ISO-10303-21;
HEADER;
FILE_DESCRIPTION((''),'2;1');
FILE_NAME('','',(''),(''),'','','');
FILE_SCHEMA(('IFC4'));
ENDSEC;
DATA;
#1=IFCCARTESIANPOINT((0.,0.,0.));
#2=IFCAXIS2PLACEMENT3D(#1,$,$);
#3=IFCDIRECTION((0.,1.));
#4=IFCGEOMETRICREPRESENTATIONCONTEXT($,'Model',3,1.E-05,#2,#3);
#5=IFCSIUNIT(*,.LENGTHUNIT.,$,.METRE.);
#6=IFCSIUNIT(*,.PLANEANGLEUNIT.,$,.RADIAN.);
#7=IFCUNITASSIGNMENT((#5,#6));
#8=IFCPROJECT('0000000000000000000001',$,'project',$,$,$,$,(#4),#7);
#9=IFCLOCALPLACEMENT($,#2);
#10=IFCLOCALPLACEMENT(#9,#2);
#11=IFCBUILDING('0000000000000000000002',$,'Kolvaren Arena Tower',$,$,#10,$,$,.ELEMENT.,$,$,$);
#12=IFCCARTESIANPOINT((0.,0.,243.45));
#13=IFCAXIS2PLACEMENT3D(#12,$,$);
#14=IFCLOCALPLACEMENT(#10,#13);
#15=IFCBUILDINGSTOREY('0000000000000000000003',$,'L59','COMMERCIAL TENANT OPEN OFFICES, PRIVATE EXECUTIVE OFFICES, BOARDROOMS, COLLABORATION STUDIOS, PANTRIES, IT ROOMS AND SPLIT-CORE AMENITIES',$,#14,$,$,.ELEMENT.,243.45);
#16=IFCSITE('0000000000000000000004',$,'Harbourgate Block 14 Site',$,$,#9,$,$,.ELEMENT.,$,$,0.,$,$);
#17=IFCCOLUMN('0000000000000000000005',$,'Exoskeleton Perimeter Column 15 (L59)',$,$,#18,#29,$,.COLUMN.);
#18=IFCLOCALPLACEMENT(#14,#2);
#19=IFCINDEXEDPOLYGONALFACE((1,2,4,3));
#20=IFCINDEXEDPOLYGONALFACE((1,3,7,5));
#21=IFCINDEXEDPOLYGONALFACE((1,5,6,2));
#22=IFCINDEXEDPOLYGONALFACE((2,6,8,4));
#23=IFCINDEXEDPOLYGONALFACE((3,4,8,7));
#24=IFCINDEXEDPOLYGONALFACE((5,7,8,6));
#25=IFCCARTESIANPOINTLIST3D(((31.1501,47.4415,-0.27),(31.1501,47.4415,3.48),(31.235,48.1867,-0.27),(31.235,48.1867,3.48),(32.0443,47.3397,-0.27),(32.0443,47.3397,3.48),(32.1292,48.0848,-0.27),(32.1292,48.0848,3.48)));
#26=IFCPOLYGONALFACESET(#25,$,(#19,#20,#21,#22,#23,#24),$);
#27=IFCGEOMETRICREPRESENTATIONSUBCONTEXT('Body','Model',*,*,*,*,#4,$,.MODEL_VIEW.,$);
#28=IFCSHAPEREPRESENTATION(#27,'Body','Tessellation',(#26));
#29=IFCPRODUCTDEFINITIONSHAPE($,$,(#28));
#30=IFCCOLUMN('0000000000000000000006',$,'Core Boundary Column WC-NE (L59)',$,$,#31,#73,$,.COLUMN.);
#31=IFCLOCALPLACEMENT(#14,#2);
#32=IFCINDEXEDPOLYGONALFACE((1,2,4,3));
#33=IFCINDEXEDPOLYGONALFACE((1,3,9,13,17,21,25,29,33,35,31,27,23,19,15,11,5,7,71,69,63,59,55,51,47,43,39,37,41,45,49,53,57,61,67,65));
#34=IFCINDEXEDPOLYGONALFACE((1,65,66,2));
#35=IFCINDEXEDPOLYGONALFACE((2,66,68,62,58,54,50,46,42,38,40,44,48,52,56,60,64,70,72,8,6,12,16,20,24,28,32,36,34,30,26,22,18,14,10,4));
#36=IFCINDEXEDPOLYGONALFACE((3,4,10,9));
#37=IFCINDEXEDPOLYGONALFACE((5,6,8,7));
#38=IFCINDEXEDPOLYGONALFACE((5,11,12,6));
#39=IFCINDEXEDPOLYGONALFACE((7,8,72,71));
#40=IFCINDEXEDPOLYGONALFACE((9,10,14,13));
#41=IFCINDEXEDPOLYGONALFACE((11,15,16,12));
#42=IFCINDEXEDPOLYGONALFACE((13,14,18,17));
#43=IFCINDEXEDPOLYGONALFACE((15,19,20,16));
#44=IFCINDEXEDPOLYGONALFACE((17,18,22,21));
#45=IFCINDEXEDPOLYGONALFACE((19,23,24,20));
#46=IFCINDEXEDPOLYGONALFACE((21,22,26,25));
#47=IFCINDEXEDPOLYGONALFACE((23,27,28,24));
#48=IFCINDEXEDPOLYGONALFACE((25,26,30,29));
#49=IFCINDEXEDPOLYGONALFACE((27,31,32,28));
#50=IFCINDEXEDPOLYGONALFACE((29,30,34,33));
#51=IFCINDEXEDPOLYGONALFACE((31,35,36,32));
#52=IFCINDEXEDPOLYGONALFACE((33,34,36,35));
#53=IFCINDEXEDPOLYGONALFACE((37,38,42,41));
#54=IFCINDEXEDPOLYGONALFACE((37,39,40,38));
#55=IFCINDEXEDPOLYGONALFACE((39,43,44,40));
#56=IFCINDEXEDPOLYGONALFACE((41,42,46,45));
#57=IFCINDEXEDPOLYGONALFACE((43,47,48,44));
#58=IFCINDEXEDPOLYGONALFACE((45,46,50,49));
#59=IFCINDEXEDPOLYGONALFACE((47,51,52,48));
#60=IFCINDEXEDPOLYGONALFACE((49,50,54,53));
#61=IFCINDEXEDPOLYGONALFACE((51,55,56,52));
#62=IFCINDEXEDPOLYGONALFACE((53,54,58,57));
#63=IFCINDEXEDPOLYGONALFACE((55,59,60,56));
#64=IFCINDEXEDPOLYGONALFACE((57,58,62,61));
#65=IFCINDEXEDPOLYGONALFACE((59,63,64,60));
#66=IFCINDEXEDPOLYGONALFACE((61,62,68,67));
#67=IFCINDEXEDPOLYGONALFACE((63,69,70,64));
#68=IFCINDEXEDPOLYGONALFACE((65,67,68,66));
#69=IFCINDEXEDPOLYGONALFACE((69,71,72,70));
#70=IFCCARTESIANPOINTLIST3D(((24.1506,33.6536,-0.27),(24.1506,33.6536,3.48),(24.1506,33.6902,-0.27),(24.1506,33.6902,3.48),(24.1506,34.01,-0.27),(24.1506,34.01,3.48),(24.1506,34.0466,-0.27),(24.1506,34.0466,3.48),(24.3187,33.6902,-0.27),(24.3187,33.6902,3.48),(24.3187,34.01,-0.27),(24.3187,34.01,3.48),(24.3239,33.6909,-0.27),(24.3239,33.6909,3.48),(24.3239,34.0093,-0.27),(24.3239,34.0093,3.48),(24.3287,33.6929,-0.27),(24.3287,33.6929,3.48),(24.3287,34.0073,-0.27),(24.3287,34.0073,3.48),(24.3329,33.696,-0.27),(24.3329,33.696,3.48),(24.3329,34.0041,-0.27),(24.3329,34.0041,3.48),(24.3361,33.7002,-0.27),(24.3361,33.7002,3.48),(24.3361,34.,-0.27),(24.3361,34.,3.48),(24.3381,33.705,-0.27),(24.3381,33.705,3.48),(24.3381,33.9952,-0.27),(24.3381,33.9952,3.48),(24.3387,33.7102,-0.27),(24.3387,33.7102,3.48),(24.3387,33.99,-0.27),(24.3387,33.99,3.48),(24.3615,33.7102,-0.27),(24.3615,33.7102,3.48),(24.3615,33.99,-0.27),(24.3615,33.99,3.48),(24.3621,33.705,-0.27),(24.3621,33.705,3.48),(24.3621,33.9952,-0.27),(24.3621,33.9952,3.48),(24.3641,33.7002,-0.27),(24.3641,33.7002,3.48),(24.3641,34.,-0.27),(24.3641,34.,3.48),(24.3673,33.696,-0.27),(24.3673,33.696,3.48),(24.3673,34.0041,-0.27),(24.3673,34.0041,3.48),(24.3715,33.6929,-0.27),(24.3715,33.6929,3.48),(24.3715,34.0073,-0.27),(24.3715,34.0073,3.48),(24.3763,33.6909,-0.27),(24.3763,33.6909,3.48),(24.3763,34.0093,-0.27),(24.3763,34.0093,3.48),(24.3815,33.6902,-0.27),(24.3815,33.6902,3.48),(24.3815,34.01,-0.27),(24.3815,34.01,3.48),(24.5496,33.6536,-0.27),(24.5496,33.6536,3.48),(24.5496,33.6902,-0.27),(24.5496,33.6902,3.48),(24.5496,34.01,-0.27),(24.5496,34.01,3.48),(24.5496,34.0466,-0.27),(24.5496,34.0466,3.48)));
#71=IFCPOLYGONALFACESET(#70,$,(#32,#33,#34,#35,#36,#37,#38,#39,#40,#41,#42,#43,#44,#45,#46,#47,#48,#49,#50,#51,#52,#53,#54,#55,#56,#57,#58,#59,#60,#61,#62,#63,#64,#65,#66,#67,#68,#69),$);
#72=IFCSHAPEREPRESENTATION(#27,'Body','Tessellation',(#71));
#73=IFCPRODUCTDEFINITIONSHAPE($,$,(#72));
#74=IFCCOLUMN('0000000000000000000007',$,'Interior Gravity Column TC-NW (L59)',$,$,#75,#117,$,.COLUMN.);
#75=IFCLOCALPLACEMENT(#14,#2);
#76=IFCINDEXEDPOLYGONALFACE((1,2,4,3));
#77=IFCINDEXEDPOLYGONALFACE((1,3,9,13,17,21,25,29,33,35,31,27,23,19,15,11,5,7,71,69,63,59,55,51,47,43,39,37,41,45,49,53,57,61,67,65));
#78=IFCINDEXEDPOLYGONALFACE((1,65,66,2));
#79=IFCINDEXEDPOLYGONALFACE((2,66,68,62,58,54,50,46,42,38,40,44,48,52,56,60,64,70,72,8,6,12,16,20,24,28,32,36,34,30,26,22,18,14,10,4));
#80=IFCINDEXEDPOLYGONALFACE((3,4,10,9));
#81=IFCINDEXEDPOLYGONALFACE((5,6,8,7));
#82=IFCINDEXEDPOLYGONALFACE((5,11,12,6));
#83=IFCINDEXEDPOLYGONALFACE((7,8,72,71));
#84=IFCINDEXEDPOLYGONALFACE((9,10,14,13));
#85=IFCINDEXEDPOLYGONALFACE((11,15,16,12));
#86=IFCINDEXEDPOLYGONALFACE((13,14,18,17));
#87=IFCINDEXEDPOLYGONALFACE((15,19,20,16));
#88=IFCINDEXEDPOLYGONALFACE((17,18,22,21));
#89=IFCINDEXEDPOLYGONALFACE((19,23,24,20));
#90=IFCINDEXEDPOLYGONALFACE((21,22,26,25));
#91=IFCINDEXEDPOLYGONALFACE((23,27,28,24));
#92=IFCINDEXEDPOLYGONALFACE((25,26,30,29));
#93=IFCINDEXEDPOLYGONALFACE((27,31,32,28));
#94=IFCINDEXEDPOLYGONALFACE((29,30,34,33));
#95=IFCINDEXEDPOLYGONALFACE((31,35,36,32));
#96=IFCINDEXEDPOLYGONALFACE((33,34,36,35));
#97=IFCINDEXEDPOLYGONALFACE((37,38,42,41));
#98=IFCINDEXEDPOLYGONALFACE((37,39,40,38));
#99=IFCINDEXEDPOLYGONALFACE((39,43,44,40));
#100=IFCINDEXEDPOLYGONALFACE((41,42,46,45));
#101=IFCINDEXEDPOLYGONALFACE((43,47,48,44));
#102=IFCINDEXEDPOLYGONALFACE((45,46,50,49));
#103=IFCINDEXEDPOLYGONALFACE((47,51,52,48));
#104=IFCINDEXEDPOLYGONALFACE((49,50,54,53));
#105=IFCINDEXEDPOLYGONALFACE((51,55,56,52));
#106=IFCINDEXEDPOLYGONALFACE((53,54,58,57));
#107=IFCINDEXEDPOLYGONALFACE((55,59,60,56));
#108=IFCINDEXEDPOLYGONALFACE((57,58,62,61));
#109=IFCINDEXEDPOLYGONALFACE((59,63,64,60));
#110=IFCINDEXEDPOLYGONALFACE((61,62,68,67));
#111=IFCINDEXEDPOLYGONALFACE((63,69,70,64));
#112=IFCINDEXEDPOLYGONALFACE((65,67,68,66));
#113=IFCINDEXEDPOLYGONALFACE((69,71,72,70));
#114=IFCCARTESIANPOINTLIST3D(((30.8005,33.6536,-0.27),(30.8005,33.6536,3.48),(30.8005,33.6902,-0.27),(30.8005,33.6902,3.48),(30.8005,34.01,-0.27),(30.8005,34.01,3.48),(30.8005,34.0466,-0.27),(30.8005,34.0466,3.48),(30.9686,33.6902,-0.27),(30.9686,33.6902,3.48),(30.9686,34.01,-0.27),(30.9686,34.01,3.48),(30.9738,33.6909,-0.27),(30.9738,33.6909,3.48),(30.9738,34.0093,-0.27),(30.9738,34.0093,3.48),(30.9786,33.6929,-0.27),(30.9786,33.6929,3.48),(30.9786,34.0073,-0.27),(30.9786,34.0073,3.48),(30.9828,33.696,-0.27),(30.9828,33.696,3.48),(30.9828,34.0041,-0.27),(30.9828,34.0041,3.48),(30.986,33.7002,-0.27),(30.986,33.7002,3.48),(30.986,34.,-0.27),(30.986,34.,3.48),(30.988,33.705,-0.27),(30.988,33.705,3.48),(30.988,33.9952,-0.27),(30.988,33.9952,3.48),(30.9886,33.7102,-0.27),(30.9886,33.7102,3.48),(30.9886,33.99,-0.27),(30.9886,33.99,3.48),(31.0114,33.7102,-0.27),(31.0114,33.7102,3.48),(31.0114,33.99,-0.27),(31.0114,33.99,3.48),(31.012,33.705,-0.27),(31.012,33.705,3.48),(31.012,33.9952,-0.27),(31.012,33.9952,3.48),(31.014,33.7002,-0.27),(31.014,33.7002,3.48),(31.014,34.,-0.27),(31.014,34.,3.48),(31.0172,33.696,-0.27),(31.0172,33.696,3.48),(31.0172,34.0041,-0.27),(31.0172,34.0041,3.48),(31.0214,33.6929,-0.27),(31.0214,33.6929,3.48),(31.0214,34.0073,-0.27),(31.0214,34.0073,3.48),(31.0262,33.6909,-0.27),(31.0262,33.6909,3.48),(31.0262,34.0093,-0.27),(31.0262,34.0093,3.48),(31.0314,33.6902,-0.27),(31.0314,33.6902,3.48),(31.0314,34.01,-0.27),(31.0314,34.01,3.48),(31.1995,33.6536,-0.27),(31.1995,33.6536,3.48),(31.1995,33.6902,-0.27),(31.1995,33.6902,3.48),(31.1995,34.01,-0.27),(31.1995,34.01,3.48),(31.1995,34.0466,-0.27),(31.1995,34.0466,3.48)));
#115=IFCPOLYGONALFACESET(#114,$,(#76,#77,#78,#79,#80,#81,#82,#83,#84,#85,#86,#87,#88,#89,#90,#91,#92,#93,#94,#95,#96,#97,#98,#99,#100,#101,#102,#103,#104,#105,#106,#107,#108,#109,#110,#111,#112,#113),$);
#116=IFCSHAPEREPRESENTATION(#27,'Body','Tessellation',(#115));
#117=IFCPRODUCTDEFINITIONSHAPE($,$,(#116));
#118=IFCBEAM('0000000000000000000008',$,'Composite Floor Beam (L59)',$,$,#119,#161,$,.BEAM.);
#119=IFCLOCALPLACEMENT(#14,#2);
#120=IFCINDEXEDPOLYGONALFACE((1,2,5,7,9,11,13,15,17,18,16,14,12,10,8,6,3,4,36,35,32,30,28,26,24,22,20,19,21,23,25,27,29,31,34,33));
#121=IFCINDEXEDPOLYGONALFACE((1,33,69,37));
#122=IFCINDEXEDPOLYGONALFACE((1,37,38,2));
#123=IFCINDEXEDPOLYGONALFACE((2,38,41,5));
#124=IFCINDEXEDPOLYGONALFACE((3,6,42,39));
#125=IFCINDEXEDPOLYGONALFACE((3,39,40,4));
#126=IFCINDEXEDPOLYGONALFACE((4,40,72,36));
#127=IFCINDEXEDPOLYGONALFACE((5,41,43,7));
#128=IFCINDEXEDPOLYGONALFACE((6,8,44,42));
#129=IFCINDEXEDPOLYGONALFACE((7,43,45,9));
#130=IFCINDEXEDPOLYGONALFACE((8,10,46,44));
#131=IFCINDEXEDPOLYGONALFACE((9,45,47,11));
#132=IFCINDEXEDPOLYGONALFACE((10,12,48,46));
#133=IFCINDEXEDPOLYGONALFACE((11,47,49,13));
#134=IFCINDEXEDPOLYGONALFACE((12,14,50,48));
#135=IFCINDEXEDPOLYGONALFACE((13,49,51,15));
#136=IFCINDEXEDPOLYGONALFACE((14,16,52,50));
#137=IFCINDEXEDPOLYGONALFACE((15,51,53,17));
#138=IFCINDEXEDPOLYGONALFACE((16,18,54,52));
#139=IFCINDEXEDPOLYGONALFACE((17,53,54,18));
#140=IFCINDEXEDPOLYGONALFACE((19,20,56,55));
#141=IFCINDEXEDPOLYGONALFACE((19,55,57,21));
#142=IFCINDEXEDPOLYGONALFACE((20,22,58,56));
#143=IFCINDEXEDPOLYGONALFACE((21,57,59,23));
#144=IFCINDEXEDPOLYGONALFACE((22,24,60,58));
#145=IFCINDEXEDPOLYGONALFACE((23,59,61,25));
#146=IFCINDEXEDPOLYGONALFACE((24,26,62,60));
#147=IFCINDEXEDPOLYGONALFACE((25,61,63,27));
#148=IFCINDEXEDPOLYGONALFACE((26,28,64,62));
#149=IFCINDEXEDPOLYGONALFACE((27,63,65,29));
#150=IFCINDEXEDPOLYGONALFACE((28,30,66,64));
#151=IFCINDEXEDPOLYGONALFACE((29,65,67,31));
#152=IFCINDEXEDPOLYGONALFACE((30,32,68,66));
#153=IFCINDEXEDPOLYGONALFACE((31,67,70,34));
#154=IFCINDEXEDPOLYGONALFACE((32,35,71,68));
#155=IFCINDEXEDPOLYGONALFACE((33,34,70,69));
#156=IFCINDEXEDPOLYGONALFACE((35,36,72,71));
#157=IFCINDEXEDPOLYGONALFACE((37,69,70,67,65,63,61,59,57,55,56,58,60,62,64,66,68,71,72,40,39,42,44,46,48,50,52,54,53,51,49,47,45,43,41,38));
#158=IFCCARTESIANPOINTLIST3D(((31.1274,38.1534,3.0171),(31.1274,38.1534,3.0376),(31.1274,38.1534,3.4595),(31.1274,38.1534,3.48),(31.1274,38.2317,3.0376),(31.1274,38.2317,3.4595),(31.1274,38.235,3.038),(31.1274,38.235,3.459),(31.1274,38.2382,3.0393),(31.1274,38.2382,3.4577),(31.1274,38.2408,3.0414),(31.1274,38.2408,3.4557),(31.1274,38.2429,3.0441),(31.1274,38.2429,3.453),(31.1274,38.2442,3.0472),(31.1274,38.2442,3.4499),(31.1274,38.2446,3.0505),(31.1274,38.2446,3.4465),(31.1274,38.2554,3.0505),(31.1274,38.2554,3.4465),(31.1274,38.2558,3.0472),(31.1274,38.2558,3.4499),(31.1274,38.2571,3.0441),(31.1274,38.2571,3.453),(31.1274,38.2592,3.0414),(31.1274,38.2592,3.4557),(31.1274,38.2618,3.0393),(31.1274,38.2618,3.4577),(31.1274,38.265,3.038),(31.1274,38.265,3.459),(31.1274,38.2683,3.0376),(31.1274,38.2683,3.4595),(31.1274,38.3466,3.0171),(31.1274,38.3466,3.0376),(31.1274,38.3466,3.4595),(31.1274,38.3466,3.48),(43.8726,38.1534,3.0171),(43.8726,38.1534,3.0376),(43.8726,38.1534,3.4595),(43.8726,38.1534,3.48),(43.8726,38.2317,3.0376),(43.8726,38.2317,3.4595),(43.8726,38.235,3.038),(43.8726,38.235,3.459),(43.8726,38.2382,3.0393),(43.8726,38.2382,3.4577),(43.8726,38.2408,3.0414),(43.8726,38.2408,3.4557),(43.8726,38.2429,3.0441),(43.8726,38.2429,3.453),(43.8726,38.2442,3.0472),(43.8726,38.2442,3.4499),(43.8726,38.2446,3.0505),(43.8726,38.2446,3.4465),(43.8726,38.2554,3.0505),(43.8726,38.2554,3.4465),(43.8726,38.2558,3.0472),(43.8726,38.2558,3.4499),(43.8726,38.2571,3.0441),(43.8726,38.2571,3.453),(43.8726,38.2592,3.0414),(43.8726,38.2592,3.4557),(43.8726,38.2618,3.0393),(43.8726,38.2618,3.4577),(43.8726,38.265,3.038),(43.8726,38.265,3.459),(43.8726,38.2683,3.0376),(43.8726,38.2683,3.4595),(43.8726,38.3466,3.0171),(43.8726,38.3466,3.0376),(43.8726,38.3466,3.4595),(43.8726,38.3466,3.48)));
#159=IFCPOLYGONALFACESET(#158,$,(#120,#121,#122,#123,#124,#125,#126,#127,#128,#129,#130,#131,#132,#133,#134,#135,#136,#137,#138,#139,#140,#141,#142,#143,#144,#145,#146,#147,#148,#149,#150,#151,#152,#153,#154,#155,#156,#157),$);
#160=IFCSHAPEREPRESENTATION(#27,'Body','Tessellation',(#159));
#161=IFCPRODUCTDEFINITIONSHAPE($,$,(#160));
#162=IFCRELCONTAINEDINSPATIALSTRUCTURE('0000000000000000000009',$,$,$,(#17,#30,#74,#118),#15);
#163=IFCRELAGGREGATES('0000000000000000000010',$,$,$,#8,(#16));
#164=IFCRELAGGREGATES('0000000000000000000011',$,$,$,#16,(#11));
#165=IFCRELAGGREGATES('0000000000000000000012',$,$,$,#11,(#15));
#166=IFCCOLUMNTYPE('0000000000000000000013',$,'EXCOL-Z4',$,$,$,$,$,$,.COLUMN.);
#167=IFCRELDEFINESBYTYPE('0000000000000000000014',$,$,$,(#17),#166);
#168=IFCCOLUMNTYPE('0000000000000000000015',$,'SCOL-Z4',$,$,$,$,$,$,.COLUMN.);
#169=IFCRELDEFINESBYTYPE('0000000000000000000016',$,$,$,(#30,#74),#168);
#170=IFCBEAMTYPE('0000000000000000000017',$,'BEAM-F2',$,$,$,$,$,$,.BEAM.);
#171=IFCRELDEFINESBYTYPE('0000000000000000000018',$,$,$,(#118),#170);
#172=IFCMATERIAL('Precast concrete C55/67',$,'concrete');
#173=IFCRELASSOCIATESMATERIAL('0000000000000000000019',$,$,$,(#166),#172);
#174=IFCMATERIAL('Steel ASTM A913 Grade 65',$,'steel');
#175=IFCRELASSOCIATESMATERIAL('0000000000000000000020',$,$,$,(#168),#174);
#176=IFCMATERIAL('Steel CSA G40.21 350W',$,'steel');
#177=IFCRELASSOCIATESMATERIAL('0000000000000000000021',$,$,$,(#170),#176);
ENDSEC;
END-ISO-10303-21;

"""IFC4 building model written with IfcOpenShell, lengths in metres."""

from ifc_helpers import new_model, si_unit, direction, frame, origin, origin_2d, place, context, subcontext, project, spatial, rectangle, i_section, extrude, material, material_profile, profile_set, type_object, element, save


model = new_model("IFC4")

# Units and contexts
model_context = context("Model", 3, precision=1e-05, world=origin(), true_north=direction((0.0, 1.0)))
body_context = subcontext(model_context, "Body", "Model", "MODEL_VIEW")
ifc_project = project(units=[si_unit("LENGTHUNIT", "METRE"), si_unit("PLANEANGLEUNIT", "RADIAN")], contexts=[model_context])

# Site, building, storey
site_placement = place(None, origin())
site = spatial("IfcSite", under=ifc_project, at=site_placement, Name="Harbourgate Block 14 Site", CompositionType="ELEMENT", RefElevation=0.0)
building_placement = place(site_placement, origin())
building = spatial("IfcBuilding", under=site, at=building_placement, Name="Kolvaren Arena Tower", CompositionType="ELEMENT")
storey_placement = place(building_placement, frame((0.0, 0.0, 243.45)))
storey = spatial("IfcBuildingStorey", under=building, at=storey_placement, Name="L59", Description="COMMERCIAL TENANT OPEN OFFICES, PRIVATE EXECUTIVE OFFICES, BOARDROOMS, COLLABORATION STUDIOS, PANTRIES, IT ROOMS AND SPLIT-CORE AMENITIES", CompositionType="ELEMENT", Elevation=243.45)

# Columns
ifc_material_1 = material(Name="Precast concrete C55/67", Category="concrete")
ifc_material_profile_1 = material_profile(ifc_material_1, rectangle(XDim=0.8999, YDim=0.75, at=origin_2d()), Name="RC-900x750")
ifc_profile_set_1 = profile_set([ifc_material_profile_1], Name="Precast concrete C55/67")
column_type_1 = type_object("IfcColumnType", Name="EXCOL-Z4", PredefinedType="COLUMN", material=ifc_profile_set_1)
column_placement = place(storey_placement, frame((31.6396, 47.7632, -0.27), z_axis=(0.0, 0.0, 1.0), x_axis=(0.993572, -0.113203, 0.0)))
element("IfcColumn", 1, at=column_placement, inside=storey, type_object=column_type_1, Name="Exoskeleton Perimeter Column 15 (L59)", PredefinedType="COLUMN", context=body_context, shape_type="SweptSolid", body=[
    extrude(rectangle(XDim=0.8999, YDim=0.75, at=origin_2d()), origin(), (0.0, 0.0, 1.0), 3.75),
])
ifc_material_2 = material(Name="Steel ASTM A913 Grade 65", Category="steel")
ifc_material_profile_2 = material_profile(ifc_material_2, i_section(OverallWidth=0.3989, OverallDepth=0.3931, WebThickness=0.0227, FlangeThickness=0.0366, FilletRadius=0.02, at=origin_2d()), Name="W360x287")
ifc_profile_set_2 = profile_set([ifc_material_profile_2], Name="Steel ASTM A913 Grade 65")
column_type_2 = type_object("IfcColumnType", Name="SCOL-Z4", PredefinedType="COLUMN", material=ifc_profile_set_2)
for number, where, z_axis, x_axis, name in (
    (2, (24.3501, 33.8501, -0.27), (0.0, 0.0, 1.0), (1.0, 0.0, 0.0), "Core Boundary Column WC-NE (L59)"),
    (3, (31.0, 33.8501, -0.27), (0.0, 0.0, 1.0), (1.0, 0.0, 0.0), "Interior Gravity Column TC-NW (L59)"),
):
    element("IfcColumn", number, at=place(storey_placement, frame(where, z_axis=z_axis, x_axis=x_axis)), inside=storey, type_object=column_type_2, Name=name, PredefinedType="COLUMN", context=body_context, shape_type="SweptSolid", body=[
        extrude(i_section(OverallWidth=0.3989, OverallDepth=0.3931, WebThickness=0.0227, FlangeThickness=0.0366, FilletRadius=0.02, at=origin_2d()), origin(), (0.0, 0.0, 1.0), 3.75),
    ])

# Beam
ifc_material_3 = material(Name="Steel CSA G40.21 350W", Category="steel")
ifc_material_profile_3 = material_profile(ifc_material_3, i_section(OverallWidth=0.1931, OverallDepth=0.4629, WebThickness=0.0107, FlangeThickness=0.0205, FilletRadius=0.0129, at=origin_2d()), Name="W460x113")
ifc_profile_set_3 = profile_set([ifc_material_profile_3], Name="Steel CSA G40.21 350W")
beam_type_1 = type_object("IfcBeamType", Name="BEAM-F2", PredefinedType="BEAM", material=ifc_profile_set_3)
beam_1_placement = place(storey_placement, frame((31.1274, 38.25, 3.2485), z_axis=(1.0, 0.0, 0.0), x_axis=(0.0, 1.0, 0.0)))
element("IfcBeam", 4, at=beam_1_placement, inside=storey, type_object=beam_type_1, Name="Composite Floor Beam (L59)", PredefinedType="BEAM", context=body_context, shape_type="SweptSolid", body=[
    extrude(i_section(OverallWidth=0.1931, OverallDepth=0.4629, WebThickness=0.0107, FlangeThickness=0.0205, FilletRadius=0.0129, at=origin_2d()), origin(), (0.0, 0.0, 1.0), 12.7451),
])

save(model, "model.ifc")
